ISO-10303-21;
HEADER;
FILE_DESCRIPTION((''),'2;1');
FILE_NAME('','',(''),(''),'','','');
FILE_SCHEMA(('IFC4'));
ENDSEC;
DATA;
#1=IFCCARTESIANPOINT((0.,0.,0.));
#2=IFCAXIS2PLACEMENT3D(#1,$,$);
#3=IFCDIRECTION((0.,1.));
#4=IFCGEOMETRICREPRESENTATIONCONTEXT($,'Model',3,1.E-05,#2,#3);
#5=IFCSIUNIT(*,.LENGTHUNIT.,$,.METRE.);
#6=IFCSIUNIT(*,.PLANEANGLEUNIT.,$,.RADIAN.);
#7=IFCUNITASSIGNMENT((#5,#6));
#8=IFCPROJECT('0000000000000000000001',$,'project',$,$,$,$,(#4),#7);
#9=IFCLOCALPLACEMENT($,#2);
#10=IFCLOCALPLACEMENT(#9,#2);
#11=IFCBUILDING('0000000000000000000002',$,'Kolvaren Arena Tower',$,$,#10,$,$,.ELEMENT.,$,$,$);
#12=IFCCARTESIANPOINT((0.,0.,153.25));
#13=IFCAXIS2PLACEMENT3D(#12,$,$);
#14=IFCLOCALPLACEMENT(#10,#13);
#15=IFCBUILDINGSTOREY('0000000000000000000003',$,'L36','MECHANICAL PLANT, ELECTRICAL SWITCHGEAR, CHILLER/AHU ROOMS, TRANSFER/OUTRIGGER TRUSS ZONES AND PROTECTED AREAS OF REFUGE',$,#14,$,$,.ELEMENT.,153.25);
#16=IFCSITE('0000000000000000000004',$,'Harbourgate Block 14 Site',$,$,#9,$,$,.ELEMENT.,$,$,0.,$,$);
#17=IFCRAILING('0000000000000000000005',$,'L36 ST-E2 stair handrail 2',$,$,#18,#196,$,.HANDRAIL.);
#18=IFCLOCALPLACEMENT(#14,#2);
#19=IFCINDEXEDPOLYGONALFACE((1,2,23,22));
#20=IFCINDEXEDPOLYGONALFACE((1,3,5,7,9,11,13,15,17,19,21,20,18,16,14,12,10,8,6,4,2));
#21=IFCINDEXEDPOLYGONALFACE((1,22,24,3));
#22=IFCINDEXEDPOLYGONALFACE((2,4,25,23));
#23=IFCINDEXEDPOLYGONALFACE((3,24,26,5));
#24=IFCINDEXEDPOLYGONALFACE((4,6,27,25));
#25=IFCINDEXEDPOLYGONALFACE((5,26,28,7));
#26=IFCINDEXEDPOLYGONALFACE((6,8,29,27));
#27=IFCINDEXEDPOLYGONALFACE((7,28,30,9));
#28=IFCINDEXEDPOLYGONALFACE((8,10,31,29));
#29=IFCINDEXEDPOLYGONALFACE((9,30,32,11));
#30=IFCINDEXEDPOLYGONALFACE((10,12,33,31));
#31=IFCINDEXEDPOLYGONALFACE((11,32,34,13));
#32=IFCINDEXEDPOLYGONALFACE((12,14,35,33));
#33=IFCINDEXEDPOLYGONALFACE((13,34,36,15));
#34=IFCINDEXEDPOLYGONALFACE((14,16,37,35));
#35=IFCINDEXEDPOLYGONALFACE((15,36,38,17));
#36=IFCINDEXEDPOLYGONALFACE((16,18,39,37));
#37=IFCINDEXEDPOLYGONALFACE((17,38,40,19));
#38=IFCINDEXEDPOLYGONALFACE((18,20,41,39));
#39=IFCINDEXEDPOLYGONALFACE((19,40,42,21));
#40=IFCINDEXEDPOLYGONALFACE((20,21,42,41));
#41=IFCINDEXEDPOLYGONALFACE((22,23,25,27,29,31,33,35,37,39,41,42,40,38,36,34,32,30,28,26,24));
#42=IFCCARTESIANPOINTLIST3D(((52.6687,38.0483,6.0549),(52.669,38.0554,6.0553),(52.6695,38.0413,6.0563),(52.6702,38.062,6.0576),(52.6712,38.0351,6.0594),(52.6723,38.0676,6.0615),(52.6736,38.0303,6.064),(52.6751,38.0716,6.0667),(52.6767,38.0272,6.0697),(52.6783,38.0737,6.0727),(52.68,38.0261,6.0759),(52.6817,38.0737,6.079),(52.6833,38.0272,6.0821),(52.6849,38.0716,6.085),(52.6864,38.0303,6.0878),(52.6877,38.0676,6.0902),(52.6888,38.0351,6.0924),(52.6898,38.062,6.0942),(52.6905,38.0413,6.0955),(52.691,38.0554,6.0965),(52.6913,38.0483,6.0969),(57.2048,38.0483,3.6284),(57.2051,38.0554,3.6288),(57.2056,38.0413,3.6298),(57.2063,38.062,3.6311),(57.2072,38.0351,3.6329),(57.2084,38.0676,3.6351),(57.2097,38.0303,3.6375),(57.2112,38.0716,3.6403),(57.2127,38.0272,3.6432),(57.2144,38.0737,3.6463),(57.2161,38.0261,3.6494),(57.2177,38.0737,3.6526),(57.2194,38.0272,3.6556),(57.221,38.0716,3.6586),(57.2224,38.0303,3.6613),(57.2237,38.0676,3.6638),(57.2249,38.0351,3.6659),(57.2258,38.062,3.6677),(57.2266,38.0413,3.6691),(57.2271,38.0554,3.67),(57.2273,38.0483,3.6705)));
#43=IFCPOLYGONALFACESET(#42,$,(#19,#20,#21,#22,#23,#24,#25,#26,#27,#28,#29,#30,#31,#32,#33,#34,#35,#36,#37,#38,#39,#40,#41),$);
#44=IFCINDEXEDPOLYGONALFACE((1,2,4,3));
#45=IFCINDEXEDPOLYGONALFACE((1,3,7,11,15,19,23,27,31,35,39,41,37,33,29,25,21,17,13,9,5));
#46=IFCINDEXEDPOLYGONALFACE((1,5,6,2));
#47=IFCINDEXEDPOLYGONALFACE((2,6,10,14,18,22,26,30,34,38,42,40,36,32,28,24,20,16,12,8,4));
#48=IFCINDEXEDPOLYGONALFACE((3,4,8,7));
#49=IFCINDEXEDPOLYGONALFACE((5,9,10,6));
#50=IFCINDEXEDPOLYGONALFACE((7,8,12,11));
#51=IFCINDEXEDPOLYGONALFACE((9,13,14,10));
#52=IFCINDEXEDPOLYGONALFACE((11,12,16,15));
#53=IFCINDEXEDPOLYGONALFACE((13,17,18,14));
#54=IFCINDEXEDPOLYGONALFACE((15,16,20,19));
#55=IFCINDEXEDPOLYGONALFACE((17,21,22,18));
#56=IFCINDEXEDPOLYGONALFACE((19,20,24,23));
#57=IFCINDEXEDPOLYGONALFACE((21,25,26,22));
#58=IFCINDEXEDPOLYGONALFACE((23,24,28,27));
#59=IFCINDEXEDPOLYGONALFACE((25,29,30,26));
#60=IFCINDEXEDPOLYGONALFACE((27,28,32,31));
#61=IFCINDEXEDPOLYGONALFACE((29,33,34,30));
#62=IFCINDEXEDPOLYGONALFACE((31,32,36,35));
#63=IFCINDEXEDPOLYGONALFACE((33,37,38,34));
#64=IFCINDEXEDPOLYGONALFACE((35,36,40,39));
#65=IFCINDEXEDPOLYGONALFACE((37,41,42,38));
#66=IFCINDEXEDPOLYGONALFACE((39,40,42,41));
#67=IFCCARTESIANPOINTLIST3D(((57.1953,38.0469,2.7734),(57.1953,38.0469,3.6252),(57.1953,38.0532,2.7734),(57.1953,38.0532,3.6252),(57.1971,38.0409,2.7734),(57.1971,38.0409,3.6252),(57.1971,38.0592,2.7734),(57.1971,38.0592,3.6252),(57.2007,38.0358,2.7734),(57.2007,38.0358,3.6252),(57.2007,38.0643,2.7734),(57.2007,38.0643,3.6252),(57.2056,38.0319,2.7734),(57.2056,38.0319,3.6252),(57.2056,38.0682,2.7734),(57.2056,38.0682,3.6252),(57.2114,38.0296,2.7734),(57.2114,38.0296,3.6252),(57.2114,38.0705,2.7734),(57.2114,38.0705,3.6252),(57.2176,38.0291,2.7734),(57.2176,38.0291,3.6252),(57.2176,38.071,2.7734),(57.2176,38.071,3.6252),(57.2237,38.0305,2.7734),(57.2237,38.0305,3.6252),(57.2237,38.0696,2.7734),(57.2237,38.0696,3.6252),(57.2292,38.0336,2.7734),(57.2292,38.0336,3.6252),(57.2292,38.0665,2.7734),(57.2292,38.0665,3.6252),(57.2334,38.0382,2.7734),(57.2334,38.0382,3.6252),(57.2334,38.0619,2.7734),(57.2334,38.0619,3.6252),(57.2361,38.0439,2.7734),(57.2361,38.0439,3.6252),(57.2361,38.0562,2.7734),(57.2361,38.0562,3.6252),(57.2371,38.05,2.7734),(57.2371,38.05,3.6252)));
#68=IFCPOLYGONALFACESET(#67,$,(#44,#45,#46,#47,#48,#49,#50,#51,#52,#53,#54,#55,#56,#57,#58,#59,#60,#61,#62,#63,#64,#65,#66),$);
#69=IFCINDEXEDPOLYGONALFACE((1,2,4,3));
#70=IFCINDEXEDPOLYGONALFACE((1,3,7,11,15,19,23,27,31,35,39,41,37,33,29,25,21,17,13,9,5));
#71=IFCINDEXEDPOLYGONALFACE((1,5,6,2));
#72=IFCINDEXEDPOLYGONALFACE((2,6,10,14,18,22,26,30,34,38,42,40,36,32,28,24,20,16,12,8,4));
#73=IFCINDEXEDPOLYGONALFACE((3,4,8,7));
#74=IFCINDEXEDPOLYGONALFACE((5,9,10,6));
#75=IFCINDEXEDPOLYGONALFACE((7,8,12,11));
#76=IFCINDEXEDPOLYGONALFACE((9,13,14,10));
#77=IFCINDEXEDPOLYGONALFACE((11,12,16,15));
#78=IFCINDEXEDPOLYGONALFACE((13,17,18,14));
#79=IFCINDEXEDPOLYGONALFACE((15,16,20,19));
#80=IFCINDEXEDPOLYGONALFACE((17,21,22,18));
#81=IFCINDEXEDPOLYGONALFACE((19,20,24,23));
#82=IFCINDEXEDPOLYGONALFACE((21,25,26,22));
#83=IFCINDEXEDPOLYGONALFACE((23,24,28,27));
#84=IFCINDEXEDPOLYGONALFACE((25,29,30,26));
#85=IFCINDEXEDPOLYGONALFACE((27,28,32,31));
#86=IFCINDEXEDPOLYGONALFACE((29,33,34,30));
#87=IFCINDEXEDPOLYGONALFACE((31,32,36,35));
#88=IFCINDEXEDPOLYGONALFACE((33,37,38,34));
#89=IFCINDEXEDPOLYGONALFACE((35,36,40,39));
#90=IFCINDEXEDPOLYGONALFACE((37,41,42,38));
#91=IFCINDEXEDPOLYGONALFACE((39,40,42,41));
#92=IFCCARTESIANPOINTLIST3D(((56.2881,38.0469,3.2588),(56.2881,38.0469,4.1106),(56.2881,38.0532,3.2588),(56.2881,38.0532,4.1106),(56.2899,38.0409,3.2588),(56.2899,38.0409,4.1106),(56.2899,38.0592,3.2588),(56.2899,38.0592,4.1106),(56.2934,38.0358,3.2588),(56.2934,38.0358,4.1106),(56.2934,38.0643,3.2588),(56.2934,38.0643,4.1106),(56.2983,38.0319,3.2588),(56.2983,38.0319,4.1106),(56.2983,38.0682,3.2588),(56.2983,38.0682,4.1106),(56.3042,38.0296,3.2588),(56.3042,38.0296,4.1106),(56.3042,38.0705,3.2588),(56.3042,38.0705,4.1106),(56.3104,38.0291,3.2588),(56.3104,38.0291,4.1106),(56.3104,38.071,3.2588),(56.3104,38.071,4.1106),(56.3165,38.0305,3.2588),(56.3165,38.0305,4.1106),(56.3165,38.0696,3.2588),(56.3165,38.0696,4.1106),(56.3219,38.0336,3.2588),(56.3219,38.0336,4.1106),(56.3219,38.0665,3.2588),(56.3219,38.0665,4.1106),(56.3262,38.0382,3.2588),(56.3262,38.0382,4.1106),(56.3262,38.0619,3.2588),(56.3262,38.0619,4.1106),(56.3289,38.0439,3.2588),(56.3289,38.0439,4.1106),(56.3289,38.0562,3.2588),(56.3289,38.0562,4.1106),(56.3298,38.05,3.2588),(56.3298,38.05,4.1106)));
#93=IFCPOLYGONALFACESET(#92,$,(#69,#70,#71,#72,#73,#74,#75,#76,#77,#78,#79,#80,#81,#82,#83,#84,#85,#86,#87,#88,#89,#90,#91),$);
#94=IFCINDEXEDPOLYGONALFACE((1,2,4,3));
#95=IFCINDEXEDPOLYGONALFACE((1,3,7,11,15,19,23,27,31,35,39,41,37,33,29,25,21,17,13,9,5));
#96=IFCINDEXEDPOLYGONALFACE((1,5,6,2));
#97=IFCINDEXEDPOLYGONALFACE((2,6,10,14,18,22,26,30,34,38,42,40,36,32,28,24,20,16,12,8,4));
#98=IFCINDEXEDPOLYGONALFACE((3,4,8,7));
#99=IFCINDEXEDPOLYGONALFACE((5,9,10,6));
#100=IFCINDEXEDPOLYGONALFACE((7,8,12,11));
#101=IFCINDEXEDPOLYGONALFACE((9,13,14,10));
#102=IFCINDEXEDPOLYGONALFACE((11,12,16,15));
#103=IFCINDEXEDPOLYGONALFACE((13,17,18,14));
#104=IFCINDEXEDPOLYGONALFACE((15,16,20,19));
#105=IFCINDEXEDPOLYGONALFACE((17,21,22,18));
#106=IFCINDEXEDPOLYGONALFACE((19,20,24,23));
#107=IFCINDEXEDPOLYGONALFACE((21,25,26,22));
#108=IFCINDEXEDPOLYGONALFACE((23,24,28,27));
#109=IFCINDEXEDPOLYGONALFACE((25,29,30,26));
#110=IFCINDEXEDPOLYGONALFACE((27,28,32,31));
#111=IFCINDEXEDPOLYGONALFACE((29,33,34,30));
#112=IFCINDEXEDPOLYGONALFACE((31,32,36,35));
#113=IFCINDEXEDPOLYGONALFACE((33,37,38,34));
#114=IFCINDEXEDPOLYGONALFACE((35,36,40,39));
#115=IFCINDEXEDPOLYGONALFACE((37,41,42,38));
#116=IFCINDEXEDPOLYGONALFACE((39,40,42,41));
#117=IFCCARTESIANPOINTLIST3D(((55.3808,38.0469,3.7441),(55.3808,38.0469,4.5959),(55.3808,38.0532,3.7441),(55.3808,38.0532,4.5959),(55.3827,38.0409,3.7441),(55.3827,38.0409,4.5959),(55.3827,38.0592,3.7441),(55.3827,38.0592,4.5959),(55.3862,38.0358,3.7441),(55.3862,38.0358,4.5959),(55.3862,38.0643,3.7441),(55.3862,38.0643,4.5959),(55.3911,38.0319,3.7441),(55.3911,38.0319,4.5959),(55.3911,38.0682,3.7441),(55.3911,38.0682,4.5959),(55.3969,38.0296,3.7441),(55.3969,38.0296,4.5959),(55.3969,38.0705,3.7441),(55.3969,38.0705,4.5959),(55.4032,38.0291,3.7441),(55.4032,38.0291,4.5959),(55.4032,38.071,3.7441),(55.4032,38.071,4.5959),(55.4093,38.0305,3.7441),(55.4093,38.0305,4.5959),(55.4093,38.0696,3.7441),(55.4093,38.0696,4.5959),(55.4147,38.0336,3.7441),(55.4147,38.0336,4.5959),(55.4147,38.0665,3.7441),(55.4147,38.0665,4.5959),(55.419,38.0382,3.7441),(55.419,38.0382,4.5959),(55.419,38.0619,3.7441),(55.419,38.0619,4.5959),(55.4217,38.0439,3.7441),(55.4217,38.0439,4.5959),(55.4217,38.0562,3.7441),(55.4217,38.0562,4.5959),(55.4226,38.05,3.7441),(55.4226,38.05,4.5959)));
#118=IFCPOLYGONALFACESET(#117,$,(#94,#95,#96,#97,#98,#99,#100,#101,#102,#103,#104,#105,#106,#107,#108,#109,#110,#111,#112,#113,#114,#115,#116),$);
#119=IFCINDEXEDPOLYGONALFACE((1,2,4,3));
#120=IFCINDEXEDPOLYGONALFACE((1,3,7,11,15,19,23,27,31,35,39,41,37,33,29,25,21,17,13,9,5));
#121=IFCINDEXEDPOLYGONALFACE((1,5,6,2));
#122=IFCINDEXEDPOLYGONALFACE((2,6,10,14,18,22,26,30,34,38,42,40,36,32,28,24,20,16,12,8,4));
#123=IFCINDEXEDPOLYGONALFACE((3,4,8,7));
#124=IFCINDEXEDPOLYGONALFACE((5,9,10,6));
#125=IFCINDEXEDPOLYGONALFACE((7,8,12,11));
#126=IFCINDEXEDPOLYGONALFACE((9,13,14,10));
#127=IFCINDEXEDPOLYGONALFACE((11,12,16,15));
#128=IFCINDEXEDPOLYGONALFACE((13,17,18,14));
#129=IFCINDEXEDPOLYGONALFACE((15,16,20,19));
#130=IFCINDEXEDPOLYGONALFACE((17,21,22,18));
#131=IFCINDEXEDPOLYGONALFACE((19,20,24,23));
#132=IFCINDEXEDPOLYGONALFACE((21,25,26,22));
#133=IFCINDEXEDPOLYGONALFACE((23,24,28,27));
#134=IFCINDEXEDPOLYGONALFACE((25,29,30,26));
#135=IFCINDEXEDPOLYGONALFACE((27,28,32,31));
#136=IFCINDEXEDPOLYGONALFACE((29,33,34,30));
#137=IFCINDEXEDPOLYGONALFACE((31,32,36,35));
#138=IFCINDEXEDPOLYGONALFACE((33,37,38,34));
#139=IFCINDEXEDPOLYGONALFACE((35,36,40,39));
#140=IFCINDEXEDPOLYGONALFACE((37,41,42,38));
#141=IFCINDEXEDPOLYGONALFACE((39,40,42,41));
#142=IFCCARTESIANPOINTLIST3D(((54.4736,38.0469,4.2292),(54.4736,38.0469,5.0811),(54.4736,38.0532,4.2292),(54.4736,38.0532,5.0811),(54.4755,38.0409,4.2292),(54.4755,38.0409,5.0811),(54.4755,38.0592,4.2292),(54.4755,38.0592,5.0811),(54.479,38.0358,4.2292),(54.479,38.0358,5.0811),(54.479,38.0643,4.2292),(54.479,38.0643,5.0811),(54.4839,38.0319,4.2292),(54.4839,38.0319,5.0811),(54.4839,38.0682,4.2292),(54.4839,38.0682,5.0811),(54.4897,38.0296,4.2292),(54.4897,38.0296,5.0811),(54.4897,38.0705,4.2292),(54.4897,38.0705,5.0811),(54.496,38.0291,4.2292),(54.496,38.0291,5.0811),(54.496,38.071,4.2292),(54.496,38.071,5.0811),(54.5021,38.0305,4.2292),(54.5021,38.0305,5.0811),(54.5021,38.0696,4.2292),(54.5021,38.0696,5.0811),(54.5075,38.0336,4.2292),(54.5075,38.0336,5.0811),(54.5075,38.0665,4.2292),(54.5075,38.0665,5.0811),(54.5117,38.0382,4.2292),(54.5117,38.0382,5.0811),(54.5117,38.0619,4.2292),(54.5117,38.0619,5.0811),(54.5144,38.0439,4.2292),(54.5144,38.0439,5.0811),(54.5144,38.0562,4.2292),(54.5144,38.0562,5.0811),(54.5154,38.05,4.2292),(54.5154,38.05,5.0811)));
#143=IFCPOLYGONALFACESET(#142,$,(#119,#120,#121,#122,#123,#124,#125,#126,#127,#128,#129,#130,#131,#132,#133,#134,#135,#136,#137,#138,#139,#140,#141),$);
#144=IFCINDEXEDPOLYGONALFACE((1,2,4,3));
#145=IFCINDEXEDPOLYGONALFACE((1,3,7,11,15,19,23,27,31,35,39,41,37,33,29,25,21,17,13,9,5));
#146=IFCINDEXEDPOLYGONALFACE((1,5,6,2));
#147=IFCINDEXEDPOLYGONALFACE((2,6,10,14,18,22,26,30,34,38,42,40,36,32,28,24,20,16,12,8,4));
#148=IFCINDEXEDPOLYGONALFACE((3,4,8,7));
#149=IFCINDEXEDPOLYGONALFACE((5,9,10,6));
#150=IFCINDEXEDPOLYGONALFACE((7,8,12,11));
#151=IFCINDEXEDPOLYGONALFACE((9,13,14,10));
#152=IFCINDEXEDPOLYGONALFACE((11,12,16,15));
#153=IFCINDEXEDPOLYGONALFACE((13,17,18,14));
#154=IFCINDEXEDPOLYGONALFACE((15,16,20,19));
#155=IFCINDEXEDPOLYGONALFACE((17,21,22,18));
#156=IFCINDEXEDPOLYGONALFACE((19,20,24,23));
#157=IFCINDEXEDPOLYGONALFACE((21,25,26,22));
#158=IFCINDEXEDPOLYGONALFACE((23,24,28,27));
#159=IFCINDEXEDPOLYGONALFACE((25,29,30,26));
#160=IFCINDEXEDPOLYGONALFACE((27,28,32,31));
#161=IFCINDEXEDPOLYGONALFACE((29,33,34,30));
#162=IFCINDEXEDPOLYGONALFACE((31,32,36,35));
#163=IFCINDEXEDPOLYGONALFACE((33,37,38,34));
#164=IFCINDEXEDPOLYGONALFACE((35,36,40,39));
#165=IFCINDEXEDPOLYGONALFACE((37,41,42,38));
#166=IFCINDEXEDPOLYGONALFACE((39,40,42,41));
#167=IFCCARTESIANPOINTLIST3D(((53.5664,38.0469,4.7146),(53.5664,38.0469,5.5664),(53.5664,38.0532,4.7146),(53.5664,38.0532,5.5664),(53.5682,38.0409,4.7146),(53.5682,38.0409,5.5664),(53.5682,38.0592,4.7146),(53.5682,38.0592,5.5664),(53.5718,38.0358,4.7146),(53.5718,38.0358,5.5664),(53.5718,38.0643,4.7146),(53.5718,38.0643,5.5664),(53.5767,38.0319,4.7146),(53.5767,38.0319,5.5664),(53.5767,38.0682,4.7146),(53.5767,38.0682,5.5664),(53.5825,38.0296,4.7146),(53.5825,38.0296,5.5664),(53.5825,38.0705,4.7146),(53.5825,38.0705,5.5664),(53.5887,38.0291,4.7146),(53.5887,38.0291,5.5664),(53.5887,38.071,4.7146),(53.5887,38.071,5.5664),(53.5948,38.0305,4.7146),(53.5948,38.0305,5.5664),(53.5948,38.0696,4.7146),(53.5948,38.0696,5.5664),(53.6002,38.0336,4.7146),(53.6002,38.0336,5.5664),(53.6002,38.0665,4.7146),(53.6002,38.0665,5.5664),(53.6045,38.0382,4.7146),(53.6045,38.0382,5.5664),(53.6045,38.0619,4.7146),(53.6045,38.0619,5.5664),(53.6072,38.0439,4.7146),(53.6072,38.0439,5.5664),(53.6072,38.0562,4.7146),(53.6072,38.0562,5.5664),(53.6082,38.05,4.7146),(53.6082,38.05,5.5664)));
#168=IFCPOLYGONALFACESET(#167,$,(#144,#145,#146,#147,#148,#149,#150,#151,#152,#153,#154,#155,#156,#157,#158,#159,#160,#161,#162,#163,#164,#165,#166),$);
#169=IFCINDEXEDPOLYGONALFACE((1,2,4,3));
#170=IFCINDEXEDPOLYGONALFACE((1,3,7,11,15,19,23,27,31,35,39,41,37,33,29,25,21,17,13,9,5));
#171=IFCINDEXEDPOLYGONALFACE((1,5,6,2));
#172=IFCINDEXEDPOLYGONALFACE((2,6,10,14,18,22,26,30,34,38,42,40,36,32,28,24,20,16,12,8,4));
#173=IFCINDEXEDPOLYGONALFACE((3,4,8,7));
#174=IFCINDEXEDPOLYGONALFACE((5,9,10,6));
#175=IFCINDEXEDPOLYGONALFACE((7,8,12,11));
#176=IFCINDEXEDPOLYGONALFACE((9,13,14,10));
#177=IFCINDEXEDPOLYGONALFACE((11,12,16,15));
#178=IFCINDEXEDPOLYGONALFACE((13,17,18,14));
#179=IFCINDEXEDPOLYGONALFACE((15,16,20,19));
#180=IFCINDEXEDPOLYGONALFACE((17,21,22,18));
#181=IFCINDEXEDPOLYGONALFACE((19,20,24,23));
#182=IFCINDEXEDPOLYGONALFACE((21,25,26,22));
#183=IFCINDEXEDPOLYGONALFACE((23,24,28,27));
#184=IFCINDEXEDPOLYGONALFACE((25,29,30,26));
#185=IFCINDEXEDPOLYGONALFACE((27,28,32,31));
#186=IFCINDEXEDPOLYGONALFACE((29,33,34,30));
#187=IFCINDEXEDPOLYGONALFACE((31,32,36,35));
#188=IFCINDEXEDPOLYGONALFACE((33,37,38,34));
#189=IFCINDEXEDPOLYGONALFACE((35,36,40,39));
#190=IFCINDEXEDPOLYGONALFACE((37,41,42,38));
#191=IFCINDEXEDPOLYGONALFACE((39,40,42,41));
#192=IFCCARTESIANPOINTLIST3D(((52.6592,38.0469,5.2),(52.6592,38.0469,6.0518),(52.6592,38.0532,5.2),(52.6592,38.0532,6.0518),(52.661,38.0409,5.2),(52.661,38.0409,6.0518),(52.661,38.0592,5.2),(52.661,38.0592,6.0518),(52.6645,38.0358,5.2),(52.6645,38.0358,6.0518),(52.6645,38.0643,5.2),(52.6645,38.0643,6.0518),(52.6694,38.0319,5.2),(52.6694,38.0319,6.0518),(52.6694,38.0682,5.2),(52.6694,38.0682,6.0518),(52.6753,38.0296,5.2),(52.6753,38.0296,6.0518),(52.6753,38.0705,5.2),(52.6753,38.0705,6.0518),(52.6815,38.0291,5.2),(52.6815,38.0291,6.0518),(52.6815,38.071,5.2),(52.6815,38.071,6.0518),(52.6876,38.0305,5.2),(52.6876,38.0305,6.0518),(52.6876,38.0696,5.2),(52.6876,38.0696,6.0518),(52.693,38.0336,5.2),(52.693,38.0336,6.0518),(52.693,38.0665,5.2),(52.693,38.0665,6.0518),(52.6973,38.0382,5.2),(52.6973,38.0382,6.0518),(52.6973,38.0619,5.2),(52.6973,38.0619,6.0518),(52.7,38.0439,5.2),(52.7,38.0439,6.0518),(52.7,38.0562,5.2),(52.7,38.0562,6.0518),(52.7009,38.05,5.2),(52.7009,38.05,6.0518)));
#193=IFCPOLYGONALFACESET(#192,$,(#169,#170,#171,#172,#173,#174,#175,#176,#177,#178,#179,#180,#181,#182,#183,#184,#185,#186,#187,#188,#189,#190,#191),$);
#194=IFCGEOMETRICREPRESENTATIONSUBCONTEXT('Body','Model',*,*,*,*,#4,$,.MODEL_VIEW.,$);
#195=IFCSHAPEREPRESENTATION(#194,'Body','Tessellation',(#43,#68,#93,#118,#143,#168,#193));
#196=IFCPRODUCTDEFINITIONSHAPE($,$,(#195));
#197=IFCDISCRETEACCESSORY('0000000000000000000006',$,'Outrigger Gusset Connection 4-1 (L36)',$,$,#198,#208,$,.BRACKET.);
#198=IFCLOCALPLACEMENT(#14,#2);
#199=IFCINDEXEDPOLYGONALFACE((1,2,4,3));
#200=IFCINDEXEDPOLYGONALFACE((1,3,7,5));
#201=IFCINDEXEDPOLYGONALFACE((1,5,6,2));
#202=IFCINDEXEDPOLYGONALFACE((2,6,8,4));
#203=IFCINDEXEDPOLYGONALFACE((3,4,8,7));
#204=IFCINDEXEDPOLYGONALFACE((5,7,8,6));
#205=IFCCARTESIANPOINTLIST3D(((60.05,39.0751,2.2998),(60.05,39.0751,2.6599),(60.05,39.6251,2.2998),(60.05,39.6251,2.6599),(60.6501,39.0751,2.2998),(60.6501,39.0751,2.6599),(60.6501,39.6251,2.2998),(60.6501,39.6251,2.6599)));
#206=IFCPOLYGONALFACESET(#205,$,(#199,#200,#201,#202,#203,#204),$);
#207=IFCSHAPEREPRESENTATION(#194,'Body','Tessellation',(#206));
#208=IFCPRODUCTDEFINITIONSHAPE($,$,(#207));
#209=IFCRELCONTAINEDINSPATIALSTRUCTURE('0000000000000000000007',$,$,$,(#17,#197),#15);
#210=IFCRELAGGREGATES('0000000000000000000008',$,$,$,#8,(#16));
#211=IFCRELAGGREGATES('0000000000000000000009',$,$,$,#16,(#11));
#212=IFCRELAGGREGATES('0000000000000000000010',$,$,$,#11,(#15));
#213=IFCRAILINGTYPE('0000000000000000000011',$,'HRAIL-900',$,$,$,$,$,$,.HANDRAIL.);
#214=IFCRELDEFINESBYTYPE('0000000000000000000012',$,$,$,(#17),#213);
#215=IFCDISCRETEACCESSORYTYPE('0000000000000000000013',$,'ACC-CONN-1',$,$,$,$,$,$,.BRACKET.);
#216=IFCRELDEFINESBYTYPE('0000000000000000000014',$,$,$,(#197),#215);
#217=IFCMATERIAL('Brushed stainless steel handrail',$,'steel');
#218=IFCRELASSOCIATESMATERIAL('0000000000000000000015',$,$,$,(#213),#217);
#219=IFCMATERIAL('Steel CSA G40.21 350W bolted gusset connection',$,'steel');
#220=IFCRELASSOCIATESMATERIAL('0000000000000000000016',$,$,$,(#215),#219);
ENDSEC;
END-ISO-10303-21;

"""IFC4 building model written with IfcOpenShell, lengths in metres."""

from ifc_helpers import new_model, si_unit, direction, frame, origin, origin_2d, place, context, subcontext, project, spatial, rectangle, circle, extrude, material, type_object, element, save


model = new_model("IFC4")

# Units and contexts
model_context = context("Model", 3, precision=1e-05, world=origin(), true_north=direction((0.0, 1.0)))
body_context = subcontext(model_context, "Body", "Model", "MODEL_VIEW")
ifc_project = project(units=[si_unit("LENGTHUNIT", "METRE"), si_unit("PLANEANGLEUNIT", "RADIAN")], contexts=[model_context])

# Site, building, storey
site_placement = place(None, origin())
site = spatial("IfcSite", under=ifc_project, at=site_placement, Name="Harbourgate Block 14 Site", CompositionType="ELEMENT", RefElevation=0.0)
building_placement = place(site_placement, origin())
building = spatial("IfcBuilding", under=site, at=building_placement, Name="Kolvaren Arena Tower", CompositionType="ELEMENT")
storey_placement = place(building_placement, frame((0.0, 0.0, 153.25)))
storey = spatial("IfcBuildingStorey", under=building, at=storey_placement, Name="L36", Description="MECHANICAL PLANT, ELECTRICAL SWITCHGEAR, CHILLER/AHU ROOMS, TRANSFER/OUTRIGGER TRUSS ZONES AND PROTECTED AREAS OF REFUGE", CompositionType="ELEMENT", Elevation=153.25)

# Railing
ifc_material_1 = material(Name="Brushed stainless steel handrail", Category="steel")
railing_type_1 = type_object("IfcRailingType", Name="HRAIL-900", PredefinedType="HANDRAIL", material=ifc_material_1)
for number, where, name in (
    (1, (57.2161, 38.05, 2.7734), "L36 ST-E2 stair handrail 2"),
):
    element("IfcRailing", number, at=place(storey_placement, frame(where)), inside=storey, type_object=railing_type_1, Name=name, PredefinedType="HANDRAIL", context=body_context, shape_type="SweptSolid", body=[
        extrude(circle(Radius=0.0239, at=origin_2d()), frame((0.0, 0.0, 0.876), z_axis=(-0.881768, 0.0, 0.471684), x_axis=(0.0, -1.0, 0.0)), (0.0, 0.0, 1.0), 5.1443),
        extrude(circle(Radius=0.021, at=origin_2d()), origin(), (0.0, 0.0, 1.0), 0.8518),
        extrude(circle(Radius=0.021, at=origin_2d()), frame((-0.9072, 0.0, 0.4854)), (0.0, 0.0, 1.0), 0.8518),
        extrude(circle(Radius=0.021, at=origin_2d()), frame((-1.8145, 0.0, 0.9707)), (0.0, 0.0, 1.0), 0.8518),
        extrude(circle(Radius=0.021, at=origin_2d()), frame((-2.7217, 0.0, 1.4558)), (0.0, 0.0, 1.0), 0.8518),
        extrude(circle(Radius=0.021, at=origin_2d()), frame((-3.6289, 0.0, 1.9412)), (0.0, 0.0, 1.0), 0.8518),
        extrude(circle(Radius=0.021, at=origin_2d()), frame((-4.5361, 0.0, 2.4265)), (0.0, 0.0, 1.0), 0.8518),
    ])

# Discrete accessory
ifc_material_2 = material(Name="Steel CSA G40.21 350W bolted gusset connection", Category="steel")
discrete_accessory_type = type_object("IfcDiscreteAccessoryType", Name="ACC-CONN-1", PredefinedType="BRACKET", material=ifc_material_2)
for number, where, z_axis, x_axis, name in (
    (2, (60.3501, 39.3501, 2.2998), (0.0, 0.0, 1.0), (1.0, 0.0, 0.0), "Outrigger Gusset Connection 4-1 (L36)"),
):
    element("IfcDiscreteAccessory", number, at=place(storey_placement, frame(where, z_axis=z_axis, x_axis=x_axis)), inside=storey, type_object=discrete_accessory_type, Name=name, PredefinedType="BRACKET", context=body_context, shape_type="SweptSolid", body=[
        extrude(rectangle(XDim=0.6001, YDim=0.55, at=origin_2d()), origin(), (0.0, 0.0, 1.0), 0.3601),
    ])

save(model, "model.ifc")
